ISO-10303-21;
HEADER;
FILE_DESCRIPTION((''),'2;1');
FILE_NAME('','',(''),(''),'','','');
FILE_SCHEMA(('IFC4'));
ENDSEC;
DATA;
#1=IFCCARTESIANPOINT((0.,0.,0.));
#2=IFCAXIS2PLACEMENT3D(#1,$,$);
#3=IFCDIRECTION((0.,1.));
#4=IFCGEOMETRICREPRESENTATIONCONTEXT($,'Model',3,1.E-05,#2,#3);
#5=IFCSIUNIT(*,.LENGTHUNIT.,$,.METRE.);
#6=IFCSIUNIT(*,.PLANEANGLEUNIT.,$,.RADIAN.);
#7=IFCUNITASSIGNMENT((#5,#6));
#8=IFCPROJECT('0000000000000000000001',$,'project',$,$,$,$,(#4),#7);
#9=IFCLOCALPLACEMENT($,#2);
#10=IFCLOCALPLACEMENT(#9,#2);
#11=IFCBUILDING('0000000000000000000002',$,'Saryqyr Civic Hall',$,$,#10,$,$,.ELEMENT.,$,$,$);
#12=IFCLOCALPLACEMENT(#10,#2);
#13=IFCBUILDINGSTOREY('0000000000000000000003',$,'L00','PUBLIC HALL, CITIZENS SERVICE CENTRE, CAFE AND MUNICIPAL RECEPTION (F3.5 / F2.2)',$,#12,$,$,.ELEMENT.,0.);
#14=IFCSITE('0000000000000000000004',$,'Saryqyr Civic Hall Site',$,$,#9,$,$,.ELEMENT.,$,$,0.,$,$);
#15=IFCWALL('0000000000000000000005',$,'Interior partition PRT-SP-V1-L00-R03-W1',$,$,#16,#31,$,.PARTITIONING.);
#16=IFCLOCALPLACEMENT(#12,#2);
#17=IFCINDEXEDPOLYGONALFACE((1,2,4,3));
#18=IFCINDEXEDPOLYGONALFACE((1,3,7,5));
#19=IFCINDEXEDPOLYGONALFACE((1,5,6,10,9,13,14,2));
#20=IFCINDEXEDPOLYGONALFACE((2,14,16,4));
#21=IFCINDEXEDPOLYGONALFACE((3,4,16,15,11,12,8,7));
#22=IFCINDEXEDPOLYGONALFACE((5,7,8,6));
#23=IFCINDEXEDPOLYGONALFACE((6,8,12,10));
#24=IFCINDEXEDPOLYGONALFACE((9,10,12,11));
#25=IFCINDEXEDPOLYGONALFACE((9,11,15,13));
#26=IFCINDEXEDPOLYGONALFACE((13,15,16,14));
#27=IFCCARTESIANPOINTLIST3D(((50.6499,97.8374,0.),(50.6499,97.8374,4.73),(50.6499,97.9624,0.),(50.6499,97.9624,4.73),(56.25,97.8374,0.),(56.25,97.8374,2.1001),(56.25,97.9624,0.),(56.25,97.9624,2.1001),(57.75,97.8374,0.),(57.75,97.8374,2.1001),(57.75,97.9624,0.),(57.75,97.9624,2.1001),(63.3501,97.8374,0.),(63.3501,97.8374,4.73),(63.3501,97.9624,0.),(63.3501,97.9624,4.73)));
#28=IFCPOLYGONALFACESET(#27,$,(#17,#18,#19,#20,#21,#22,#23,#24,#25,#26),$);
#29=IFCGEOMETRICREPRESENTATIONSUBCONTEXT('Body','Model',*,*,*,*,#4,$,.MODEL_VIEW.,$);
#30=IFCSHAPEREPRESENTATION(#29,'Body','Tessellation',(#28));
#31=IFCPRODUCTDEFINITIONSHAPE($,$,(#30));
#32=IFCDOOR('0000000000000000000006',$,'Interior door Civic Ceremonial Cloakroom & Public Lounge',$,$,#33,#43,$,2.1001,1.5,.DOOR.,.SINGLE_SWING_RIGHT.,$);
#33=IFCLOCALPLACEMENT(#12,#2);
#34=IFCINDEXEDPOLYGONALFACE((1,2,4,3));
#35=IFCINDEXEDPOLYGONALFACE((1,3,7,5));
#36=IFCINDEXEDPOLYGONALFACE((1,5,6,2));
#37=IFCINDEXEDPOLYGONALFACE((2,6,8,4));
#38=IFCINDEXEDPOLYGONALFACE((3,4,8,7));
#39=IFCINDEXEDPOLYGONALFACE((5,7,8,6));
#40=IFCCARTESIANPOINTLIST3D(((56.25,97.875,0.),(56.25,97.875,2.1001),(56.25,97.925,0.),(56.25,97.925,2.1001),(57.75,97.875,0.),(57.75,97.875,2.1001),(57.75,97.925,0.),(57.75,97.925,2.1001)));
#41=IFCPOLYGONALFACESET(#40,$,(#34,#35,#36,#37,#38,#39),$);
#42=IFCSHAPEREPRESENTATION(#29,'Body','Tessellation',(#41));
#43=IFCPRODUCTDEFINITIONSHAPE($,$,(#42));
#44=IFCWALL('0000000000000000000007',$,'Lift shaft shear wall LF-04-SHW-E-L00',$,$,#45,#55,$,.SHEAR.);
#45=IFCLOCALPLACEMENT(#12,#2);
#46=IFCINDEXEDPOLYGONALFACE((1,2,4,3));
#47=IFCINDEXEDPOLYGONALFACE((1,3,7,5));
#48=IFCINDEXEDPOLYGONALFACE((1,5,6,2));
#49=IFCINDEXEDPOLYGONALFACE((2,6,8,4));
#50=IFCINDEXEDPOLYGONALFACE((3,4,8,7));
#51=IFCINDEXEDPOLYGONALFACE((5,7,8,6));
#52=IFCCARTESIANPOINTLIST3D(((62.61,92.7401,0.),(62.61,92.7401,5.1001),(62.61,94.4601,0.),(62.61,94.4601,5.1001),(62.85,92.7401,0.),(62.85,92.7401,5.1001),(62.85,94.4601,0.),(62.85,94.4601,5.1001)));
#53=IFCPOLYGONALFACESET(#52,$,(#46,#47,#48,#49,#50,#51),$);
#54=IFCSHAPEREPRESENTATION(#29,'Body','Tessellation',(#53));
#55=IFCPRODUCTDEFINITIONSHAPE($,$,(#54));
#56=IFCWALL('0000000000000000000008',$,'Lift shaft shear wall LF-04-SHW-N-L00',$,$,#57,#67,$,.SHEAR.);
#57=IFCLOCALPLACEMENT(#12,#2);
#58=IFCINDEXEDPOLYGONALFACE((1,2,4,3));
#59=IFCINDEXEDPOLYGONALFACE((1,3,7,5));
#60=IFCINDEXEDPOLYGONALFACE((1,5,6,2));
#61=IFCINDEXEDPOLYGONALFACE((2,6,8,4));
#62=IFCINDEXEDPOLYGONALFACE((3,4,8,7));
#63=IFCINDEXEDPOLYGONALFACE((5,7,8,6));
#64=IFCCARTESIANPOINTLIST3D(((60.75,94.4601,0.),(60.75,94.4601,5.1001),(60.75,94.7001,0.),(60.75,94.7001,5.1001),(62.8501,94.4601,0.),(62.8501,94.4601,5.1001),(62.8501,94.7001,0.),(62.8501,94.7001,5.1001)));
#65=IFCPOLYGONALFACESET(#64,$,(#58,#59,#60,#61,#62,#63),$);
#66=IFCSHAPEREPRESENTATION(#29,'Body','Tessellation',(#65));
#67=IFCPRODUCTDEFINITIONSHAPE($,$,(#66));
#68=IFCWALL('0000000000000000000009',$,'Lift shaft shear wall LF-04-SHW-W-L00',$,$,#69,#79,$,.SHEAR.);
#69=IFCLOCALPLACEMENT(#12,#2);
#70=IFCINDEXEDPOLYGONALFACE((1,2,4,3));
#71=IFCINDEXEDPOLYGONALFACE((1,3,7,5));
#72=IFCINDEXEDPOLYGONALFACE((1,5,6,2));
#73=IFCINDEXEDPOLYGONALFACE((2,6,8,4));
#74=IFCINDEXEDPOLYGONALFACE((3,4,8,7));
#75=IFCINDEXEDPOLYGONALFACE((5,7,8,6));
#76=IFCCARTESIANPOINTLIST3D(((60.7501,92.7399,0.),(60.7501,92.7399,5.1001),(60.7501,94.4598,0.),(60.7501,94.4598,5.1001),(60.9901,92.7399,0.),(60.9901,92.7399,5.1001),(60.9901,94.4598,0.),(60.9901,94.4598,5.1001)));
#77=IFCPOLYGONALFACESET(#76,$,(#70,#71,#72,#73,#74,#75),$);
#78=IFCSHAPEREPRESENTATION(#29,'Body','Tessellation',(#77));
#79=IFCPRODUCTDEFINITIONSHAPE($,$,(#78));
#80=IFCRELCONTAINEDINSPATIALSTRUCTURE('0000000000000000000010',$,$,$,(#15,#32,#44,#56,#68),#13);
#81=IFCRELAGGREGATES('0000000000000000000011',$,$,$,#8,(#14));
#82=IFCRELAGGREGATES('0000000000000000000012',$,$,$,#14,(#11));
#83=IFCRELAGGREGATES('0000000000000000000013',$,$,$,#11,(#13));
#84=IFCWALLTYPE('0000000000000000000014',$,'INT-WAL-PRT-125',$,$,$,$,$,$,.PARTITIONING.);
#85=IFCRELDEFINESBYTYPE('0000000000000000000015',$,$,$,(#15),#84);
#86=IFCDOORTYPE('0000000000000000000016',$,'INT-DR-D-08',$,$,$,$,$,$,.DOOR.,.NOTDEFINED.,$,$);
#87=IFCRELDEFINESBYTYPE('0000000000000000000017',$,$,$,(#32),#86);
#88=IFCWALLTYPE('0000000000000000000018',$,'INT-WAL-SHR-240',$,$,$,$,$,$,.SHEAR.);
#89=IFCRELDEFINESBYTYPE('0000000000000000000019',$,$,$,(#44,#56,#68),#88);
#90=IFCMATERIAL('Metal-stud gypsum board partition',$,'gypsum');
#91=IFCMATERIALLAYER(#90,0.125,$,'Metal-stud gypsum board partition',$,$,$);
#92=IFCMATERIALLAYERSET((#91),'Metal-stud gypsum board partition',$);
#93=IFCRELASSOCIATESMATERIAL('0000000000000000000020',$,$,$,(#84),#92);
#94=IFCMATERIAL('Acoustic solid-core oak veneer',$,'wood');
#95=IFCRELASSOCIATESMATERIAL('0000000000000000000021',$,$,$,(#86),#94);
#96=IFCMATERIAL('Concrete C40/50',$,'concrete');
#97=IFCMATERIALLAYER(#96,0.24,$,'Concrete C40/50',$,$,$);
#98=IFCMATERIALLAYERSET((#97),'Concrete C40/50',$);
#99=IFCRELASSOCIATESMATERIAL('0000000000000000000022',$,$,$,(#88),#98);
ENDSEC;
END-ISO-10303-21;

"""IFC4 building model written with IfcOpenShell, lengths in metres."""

from ifc_helpers import new_model, si_unit, direction, frame, frame_2d, origin, place, context, subcontext, project, spatial, rectangle, extrude, material, layer, layer_set, type_object, element, fill, save


model = new_model("IFC4")

# Units and contexts
model_context = context("Model", 3, precision=1e-05, world=origin(), true_north=direction((0.0, 1.0)))
body_context = subcontext(model_context, "Body", "Model", "MODEL_VIEW")
ifc_project = project(units=[si_unit("LENGTHUNIT", "METRE"), si_unit("PLANEANGLEUNIT", "RADIAN")], contexts=[model_context])

# Site, building, storey
site_placement = place(None, origin())
site = spatial("IfcSite", under=ifc_project, at=site_placement, Name="Saryqyr Civic Hall Site", CompositionType="ELEMENT", RefElevation=0.0)
building_placement = place(site_placement, origin())
building = spatial("IfcBuilding", under=site, at=building_placement, Name="Saryqyr Civic Hall", CompositionType="ELEMENT")
storey_placement = place(building_placement, origin())
storey = spatial("IfcBuildingStorey", under=building, at=storey_placement, Name="L00", Description="PUBLIC HALL, CITIZENS SERVICE CENTRE, CAFE AND MUNICIPAL RECEPTION (F3.5 / F2.2)", CompositionType="ELEMENT", Elevation=0.0)

# Shared definitions
ifc_material_1 = material(Name="Concrete C40/50", Category="concrete")

# Wall, opening, door
ifc_material_2 = material(Name="Metal-stud gypsum board partition", Category="gypsum")
ifc_layer_1 = layer(ifc_material_2, 0.125, Name="Metal-stud gypsum board partition")
ifc_layer_set_1 = layer_set([ifc_layer_1], Name="Metal-stud gypsum board partition")
wall_type_1 = type_object("IfcWallType", Name="INT-WAL-PRT-125", PredefinedType="PARTITIONING", material=ifc_layer_set_1)
wall_1_placement = place(storey_placement, frame((63.3501, 97.8999, 0.0), z_axis=(0.0, 0.0, 1.0), x_axis=(-1.0, 0.0, 0.0)))
wall_1 = element("IfcWall", 1, at=wall_1_placement, inside=storey, type_object=wall_type_1, Name="Interior partition PRT-SP-V1-L00-R03-W1", PredefinedType="PARTITIONING", context=body_context, shape_type="SweptSolid", body=[
    extrude(rectangle(XDim=12.7002, YDim=0.125, at=frame_2d((6.3501, 0.0))), origin(), (0.0, 0.0, 1.0), 4.73),
])
opening_1_placement = place(wall_1_placement, frame((5.6001, 0.0, 0.0)))
opening_1 = element("IfcOpeningElement", 2, at=opening_1_placement, cuts=wall_1, PredefinedType="OPENING", context=body_context, shape_type="SweptSolid", body=[
    extrude(rectangle(XDim=1.5, YDim=2.1001, at=frame_2d((0.75, 1.05))), frame((0.0, 0.0725, 0.0), z_axis=(0.0, -1.0, 0.0), x_axis=(1.0, 0.0, 0.0)), (0.0, 0.0, 1.0), 0.145),
])
ifc_material_3 = material(Name="Acoustic solid-core oak veneer", Category="wood")
door_type_1 = type_object("IfcDoorType", Name="INT-DR-D-08", OperationType="NOTDEFINED", PredefinedType="DOOR", material=ifc_material_3)
door_1_placement = place(opening_1_placement, origin())
door_1 = element("IfcDoor", 3, at=door_1_placement, inside=storey, type_object=door_type_1, Name="Interior door Civic Ceremonial Cloakroom & Public Lounge", OperationType="SINGLE_SWING_RIGHT", OverallHeight=2.1001, OverallWidth=1.5, PredefinedType="DOOR", context=body_context, shape_type="SweptSolid", body=[
    extrude(rectangle(XDim=1.5, YDim=2.1001, at=frame_2d((0.75, 1.05))), frame((0.0, 0.0249, 0.0), z_axis=(0.0, -1.0, 0.0), x_axis=(1.0, 0.0, 0.0)), (0.0, 0.0, 1.0), 0.05),
])
fill(opening_1, door_1)
ifc_layer_2 = layer(ifc_material_1, 0.24, Name="Concrete C40/50")
ifc_layer_set_2 = layer_set([ifc_layer_2], Name="Concrete C40/50")
wall_type_2 = type_object("IfcWallType", Name="INT-WAL-SHR-240", PredefinedType="SHEAR", material=ifc_layer_set_2)

# Walls
wall_2_placement = place(storey_placement, frame((62.73, 94.46, 0.0), z_axis=(0.0, 0.0, 1.0), x_axis=(0.0, -1.0, 0.0)))
element("IfcWall", 4, at=wall_2_placement, inside=storey, type_object=wall_type_2, Name="Lift shaft shear wall LF-04-SHW-E-L00", PredefinedType="SHEAR", context=body_context, shape_type="SweptSolid", body=[
    extrude(rectangle(XDim=1.72, YDim=0.24, at=frame_2d((0.8599, 0.0))), origin(), (0.0, 0.0, 1.0), 5.1001),
])
wall_3_placement = place(storey_placement, frame((60.75, 94.5801, 0.0), z_axis=(0.0, 0.0, 1.0), x_axis=(1.0, 0.0, 0.0)))
element("IfcWall", 5, at=wall_3_placement, inside=storey, type_object=wall_type_2, Name="Lift shaft shear wall LF-04-SHW-N-L00", PredefinedType="SHEAR", context=body_context, shape_type="SweptSolid", body=[
    extrude(rectangle(XDim=2.1001, YDim=0.24, at=frame_2d((1.05, 0.0))), origin(), (0.0, 0.0, 1.0), 5.1001),
])
wall_4_placement = place(storey_placement, frame((60.8701, 92.74, 0.0), z_axis=(0.0, 0.0, 1.0), x_axis=(0.0, 1.0, 0.0)))
element("IfcWall", 6, at=wall_4_placement, inside=storey, type_object=wall_type_2, Name="Lift shaft shear wall LF-04-SHW-W-L00", PredefinedType="SHEAR", context=body_context, shape_type="SweptSolid", body=[
    extrude(rectangle(XDim=1.72, YDim=0.24, at=frame_2d((0.8599, 0.0))), origin(), (0.0, 0.0, 1.0), 5.1001),
])

save(model, "model.ifc")
